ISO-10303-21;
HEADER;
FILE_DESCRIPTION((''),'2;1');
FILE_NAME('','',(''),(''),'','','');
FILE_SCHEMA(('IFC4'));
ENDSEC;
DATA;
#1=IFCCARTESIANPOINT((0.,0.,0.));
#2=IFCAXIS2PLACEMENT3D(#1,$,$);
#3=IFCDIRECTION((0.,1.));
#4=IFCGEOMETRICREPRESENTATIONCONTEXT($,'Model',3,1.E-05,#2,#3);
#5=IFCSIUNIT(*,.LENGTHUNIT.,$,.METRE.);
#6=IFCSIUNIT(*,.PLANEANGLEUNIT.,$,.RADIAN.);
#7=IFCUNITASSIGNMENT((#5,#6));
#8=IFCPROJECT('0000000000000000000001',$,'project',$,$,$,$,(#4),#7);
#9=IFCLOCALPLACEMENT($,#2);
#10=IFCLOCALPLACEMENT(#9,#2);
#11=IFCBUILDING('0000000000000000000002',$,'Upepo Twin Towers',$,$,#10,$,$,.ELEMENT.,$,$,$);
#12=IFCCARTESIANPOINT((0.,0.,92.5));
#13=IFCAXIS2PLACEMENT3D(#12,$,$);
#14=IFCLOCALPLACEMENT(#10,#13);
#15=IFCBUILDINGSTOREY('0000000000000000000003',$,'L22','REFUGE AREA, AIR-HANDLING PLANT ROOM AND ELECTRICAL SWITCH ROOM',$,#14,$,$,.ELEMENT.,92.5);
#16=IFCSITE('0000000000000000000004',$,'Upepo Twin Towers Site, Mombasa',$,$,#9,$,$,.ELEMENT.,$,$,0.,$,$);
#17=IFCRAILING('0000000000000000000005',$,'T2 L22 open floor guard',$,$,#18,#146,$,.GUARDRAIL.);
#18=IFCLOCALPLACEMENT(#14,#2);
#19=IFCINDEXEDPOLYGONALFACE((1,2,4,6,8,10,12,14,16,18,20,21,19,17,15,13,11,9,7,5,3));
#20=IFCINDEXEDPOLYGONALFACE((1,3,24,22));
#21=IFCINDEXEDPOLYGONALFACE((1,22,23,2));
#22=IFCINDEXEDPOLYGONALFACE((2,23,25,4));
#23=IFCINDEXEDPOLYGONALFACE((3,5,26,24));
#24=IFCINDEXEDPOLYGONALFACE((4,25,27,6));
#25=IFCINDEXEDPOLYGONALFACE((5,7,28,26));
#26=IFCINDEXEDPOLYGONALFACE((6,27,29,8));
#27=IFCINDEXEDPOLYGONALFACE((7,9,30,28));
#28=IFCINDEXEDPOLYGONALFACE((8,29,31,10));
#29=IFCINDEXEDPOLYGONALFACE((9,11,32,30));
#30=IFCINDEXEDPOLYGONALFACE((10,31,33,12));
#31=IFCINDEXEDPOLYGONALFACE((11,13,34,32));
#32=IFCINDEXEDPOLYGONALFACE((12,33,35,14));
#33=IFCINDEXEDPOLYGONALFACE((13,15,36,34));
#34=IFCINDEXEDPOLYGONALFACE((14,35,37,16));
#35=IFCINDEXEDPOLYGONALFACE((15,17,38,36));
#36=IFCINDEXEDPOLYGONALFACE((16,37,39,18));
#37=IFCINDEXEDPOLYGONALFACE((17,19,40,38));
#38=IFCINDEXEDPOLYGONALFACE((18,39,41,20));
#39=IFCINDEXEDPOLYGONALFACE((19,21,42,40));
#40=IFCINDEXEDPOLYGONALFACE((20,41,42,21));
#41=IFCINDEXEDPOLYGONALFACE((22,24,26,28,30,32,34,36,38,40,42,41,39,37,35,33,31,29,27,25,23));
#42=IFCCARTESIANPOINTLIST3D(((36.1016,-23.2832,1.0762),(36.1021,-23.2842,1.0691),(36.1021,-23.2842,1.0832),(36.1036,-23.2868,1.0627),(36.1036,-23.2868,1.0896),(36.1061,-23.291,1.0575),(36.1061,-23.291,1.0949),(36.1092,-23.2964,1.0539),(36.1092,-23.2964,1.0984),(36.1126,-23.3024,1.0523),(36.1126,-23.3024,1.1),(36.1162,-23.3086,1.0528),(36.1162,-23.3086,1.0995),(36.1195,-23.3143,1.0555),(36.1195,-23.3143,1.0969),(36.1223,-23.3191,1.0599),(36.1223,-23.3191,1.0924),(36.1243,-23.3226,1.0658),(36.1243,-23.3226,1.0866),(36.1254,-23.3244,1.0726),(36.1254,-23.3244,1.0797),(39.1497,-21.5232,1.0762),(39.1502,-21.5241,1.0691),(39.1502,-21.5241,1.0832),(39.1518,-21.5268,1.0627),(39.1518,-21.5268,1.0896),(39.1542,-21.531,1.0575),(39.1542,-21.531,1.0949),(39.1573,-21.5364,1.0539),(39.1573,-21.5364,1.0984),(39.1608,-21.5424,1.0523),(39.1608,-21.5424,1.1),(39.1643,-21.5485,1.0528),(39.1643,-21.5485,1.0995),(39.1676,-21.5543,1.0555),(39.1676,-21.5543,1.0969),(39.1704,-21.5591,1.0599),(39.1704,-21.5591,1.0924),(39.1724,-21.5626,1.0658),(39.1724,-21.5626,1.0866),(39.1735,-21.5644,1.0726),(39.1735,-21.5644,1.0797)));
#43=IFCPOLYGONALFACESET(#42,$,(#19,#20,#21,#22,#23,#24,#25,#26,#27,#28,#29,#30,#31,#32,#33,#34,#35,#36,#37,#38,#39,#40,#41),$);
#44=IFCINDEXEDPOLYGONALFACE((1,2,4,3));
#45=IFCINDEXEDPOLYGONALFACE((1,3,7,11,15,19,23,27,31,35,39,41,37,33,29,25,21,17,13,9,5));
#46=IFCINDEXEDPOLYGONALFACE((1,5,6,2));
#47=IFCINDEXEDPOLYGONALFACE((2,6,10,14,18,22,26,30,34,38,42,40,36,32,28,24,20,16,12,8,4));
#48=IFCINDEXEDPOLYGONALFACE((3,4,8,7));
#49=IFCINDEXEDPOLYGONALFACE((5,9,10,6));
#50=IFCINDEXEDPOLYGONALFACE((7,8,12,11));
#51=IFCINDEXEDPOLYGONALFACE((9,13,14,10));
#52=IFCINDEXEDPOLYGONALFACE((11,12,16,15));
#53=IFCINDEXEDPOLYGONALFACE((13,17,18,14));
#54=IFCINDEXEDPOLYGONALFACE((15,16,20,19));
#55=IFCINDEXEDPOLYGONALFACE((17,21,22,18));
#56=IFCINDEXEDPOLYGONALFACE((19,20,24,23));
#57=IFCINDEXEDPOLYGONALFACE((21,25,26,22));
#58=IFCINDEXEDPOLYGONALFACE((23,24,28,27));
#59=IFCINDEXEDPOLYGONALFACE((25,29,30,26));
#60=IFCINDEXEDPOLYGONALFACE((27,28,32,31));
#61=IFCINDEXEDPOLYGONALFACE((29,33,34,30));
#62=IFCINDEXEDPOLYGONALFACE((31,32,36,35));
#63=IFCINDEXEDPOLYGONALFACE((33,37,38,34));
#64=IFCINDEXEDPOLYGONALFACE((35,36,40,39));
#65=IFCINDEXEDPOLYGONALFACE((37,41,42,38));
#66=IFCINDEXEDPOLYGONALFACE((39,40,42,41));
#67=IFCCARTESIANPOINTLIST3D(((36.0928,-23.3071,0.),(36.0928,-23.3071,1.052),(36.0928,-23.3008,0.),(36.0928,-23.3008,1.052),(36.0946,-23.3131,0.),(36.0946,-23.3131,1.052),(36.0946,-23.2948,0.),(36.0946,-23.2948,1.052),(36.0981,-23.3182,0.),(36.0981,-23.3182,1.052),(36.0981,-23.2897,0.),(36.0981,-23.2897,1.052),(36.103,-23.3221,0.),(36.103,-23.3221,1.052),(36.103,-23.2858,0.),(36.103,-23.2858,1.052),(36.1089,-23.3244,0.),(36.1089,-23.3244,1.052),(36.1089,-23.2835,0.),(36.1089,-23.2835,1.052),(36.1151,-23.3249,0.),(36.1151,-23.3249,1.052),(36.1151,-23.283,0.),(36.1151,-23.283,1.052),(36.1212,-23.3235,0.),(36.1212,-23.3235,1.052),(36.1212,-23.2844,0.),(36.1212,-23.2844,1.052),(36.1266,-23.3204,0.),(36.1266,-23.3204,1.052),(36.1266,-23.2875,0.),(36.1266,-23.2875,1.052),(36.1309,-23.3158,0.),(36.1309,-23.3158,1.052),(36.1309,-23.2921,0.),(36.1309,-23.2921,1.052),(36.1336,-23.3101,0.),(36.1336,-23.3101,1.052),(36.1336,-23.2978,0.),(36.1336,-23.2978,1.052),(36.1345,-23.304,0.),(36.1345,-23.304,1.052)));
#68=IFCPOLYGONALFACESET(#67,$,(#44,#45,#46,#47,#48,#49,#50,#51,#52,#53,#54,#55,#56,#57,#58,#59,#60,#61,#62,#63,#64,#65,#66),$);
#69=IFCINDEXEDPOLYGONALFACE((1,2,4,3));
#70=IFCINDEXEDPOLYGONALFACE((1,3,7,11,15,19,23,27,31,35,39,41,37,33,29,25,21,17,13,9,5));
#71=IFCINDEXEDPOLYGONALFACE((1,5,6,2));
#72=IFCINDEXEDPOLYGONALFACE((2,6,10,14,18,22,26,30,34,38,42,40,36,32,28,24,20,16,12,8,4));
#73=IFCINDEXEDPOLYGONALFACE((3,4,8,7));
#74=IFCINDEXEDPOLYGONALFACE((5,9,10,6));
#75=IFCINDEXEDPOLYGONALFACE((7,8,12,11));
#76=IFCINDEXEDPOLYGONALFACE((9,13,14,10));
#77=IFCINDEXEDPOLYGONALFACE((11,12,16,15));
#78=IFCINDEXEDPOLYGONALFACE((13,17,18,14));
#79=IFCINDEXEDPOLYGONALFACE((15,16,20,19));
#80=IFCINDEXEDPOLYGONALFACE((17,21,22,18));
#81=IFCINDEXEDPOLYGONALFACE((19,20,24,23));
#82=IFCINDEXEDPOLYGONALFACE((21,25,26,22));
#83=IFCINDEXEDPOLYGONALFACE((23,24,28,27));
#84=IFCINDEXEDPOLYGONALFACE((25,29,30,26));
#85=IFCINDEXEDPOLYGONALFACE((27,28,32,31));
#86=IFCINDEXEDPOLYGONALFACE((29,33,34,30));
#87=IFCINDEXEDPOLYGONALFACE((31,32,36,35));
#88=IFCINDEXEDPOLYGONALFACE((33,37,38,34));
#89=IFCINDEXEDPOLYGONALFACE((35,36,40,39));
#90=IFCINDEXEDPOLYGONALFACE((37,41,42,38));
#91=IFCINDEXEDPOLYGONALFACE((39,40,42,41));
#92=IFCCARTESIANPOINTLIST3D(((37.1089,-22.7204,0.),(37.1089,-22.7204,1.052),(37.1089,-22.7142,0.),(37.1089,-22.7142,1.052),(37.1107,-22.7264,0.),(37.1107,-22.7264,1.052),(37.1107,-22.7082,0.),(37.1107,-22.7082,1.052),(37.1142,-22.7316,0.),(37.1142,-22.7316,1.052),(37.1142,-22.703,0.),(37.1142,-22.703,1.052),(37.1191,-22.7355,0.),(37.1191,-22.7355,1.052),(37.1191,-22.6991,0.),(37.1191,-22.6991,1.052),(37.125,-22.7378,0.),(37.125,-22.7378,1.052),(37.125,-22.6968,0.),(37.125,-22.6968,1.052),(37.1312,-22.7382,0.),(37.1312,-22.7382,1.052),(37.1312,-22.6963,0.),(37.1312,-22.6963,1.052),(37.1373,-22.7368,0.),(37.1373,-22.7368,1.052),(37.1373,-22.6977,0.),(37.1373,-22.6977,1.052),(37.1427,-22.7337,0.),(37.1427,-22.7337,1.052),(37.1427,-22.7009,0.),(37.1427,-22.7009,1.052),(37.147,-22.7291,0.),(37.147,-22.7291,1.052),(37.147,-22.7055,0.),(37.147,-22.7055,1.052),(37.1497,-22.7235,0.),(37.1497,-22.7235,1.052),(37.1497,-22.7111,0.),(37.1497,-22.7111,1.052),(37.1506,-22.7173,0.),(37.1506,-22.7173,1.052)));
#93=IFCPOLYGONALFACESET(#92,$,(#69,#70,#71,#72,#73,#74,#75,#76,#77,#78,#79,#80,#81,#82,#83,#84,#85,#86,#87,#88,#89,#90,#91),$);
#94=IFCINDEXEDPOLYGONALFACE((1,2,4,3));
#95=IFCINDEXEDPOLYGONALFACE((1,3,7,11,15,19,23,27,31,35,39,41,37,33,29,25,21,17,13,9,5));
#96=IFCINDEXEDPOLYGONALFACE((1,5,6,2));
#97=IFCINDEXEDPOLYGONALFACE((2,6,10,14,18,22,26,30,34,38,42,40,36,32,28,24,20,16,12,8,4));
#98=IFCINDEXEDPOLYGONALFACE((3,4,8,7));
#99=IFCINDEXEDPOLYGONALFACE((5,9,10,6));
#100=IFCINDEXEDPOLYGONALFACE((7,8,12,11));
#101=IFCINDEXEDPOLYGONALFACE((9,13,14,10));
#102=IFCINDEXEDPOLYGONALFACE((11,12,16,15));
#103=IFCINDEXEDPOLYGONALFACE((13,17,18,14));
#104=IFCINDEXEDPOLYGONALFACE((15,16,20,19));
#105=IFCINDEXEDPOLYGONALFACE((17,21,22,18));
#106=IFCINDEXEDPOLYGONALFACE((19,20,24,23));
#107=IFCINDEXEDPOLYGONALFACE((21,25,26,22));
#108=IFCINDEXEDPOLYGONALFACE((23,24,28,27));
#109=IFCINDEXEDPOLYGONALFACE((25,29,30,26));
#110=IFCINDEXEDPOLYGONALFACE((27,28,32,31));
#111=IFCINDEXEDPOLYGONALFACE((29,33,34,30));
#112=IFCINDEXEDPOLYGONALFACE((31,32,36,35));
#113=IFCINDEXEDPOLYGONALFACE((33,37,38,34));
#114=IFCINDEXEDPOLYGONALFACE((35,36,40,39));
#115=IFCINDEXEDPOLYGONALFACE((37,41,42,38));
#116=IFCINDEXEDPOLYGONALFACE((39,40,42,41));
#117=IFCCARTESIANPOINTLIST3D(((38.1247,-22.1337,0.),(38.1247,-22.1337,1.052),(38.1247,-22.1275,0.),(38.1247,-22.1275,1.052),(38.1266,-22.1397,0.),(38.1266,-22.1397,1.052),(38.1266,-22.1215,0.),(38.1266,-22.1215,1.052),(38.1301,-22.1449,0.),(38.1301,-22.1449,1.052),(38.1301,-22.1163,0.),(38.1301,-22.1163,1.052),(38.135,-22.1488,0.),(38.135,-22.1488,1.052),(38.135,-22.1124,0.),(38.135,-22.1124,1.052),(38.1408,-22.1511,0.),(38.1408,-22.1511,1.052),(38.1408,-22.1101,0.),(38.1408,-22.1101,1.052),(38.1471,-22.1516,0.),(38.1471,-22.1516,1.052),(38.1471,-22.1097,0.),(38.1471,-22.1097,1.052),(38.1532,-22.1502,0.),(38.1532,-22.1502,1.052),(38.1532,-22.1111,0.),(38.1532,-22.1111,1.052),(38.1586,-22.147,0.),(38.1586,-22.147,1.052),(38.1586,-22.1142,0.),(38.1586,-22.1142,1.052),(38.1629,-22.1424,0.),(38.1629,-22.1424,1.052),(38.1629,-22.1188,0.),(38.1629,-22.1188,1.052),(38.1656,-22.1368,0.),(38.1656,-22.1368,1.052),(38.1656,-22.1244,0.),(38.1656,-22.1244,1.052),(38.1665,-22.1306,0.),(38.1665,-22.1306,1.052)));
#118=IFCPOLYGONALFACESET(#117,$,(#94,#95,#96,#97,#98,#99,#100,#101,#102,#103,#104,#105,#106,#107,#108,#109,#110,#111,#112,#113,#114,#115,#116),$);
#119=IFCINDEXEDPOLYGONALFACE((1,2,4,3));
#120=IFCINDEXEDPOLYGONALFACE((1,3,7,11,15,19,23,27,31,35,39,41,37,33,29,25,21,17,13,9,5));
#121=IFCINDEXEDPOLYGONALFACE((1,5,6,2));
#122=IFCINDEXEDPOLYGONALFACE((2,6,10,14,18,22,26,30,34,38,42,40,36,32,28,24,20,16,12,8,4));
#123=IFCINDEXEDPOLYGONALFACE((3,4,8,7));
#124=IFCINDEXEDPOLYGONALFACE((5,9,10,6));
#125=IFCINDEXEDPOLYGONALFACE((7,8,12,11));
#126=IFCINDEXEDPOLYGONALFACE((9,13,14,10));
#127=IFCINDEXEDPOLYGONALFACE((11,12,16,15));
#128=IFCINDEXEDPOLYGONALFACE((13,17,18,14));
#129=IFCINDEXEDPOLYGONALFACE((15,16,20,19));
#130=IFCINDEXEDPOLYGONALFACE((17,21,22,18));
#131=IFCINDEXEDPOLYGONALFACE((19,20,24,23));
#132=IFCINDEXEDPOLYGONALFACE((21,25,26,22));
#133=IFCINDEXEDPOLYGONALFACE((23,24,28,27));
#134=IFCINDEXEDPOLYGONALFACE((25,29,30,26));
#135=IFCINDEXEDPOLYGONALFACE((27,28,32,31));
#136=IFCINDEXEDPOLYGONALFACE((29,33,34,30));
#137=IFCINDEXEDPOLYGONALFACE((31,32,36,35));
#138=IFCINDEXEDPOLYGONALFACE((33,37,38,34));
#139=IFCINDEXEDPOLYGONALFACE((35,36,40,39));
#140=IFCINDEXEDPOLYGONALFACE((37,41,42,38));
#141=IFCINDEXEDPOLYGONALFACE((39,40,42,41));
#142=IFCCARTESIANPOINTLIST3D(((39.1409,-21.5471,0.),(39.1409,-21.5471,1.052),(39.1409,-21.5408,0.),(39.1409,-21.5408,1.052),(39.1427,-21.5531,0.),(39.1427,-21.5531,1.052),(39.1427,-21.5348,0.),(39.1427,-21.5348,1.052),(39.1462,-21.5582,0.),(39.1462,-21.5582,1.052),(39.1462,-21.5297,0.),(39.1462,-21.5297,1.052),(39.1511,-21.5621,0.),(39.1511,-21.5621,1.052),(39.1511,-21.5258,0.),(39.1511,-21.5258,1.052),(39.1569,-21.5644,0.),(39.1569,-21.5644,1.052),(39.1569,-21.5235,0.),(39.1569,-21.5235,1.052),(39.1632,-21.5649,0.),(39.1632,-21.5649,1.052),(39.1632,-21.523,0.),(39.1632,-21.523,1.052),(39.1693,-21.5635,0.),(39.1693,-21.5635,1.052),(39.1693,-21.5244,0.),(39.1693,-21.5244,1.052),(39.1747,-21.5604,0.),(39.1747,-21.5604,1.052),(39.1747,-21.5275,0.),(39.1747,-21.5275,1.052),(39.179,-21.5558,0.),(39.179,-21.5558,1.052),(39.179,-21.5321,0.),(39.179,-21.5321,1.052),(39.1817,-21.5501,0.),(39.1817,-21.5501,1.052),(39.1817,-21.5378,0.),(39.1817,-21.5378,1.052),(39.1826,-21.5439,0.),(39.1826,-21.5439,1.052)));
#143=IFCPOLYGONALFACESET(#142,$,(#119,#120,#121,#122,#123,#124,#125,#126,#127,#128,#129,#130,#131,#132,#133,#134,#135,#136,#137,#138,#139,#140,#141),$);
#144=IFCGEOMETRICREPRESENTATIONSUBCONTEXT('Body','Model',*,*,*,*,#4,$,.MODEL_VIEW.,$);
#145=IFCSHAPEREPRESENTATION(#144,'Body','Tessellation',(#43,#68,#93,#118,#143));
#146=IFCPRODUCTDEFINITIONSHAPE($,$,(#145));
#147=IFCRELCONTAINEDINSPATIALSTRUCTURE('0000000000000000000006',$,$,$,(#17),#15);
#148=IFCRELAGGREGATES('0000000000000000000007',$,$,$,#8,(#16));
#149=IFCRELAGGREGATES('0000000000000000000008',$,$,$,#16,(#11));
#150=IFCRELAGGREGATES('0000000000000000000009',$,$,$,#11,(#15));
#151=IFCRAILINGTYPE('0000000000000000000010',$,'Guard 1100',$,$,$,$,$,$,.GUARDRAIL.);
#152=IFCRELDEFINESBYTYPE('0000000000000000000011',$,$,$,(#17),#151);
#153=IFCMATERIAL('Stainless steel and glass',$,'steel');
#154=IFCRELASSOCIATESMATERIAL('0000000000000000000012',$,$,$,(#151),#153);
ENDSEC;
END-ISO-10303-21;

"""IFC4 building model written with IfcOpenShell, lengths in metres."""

from ifc_helpers import new_model, si_unit, direction, frame, origin, origin_2d, place, context, subcontext, project, spatial, circle, extrude, material, type_object, element, save


model = new_model("IFC4")

# Units and contexts
model_context = context("Model", 3, precision=1e-05, world=origin(), true_north=direction((0.0, 1.0)))
body_context = subcontext(model_context, "Body", "Model", "MODEL_VIEW")
ifc_project = project(units=[si_unit("LENGTHUNIT", "METRE"), si_unit("PLANEANGLEUNIT", "RADIAN")], contexts=[model_context])

# Site, building, storey
site_placement = place(None, origin())
site = spatial("IfcSite", under=ifc_project, at=site_placement, Name="Upepo Twin Towers Site, Mombasa", CompositionType="ELEMENT", RefElevation=0.0)
building_placement = place(site_placement, origin())
building = spatial("IfcBuilding", under=site, at=building_placement, Name="Upepo Twin Towers", CompositionType="ELEMENT")
storey_placement = place(building_placement, frame((0.0, 0.0, 92.5)))
storey = spatial("IfcBuildingStorey", under=building, at=storey_placement, Name="L22", Description="REFUGE AREA, AIR-HANDLING PLANT ROOM AND ELECTRICAL SWITCH ROOM", CompositionType="ELEMENT", Elevation=92.5)

# Railing
ifc_material_1 = material(Name="Stainless steel and glass", Category="steel")
railing_type = type_object("IfcRailingType", Name="Guard 1100", PredefinedType="GUARDRAIL", material=ifc_material_1)
for number, where, name in (
    (1, (36.1135, -23.304, 0.0), "T2 L22 open floor guard"),
):
    element("IfcRailing", number, at=place(storey_placement, frame(where)), inside=storey, type_object=railing_type, Name=name, PredefinedType="GUARDRAIL", context=body_context, shape_type="SweptSolid", body=[
        extrude(circle(Radius=0.0239, at=origin_2d()), frame((0.0, 0.0, 1.0762), z_axis=(0.866002, 0.500041, 0.0), x_axis=(-0.500041, 0.866002, 0.0)), (0.0, 0.0, 1.0), 3.5198),
        extrude(circle(Radius=0.021, at=origin_2d()), origin(), (0.0, 0.0, 1.0), 1.052),
        extrude(circle(Radius=0.021, at=origin_2d()), frame((1.0161, 0.5867, 0.0)), (0.0, 0.0, 1.0), 1.052),
        extrude(circle(Radius=0.021, at=origin_2d()), frame((2.032, 1.1733, 0.0)), (0.0, 0.0, 1.0), 1.052),
        extrude(circle(Radius=0.021, at=origin_2d()), frame((3.0481, 1.76, 0.0)), (0.0, 0.0, 1.0), 1.052),
    ])

save(model, "model.ifc")
